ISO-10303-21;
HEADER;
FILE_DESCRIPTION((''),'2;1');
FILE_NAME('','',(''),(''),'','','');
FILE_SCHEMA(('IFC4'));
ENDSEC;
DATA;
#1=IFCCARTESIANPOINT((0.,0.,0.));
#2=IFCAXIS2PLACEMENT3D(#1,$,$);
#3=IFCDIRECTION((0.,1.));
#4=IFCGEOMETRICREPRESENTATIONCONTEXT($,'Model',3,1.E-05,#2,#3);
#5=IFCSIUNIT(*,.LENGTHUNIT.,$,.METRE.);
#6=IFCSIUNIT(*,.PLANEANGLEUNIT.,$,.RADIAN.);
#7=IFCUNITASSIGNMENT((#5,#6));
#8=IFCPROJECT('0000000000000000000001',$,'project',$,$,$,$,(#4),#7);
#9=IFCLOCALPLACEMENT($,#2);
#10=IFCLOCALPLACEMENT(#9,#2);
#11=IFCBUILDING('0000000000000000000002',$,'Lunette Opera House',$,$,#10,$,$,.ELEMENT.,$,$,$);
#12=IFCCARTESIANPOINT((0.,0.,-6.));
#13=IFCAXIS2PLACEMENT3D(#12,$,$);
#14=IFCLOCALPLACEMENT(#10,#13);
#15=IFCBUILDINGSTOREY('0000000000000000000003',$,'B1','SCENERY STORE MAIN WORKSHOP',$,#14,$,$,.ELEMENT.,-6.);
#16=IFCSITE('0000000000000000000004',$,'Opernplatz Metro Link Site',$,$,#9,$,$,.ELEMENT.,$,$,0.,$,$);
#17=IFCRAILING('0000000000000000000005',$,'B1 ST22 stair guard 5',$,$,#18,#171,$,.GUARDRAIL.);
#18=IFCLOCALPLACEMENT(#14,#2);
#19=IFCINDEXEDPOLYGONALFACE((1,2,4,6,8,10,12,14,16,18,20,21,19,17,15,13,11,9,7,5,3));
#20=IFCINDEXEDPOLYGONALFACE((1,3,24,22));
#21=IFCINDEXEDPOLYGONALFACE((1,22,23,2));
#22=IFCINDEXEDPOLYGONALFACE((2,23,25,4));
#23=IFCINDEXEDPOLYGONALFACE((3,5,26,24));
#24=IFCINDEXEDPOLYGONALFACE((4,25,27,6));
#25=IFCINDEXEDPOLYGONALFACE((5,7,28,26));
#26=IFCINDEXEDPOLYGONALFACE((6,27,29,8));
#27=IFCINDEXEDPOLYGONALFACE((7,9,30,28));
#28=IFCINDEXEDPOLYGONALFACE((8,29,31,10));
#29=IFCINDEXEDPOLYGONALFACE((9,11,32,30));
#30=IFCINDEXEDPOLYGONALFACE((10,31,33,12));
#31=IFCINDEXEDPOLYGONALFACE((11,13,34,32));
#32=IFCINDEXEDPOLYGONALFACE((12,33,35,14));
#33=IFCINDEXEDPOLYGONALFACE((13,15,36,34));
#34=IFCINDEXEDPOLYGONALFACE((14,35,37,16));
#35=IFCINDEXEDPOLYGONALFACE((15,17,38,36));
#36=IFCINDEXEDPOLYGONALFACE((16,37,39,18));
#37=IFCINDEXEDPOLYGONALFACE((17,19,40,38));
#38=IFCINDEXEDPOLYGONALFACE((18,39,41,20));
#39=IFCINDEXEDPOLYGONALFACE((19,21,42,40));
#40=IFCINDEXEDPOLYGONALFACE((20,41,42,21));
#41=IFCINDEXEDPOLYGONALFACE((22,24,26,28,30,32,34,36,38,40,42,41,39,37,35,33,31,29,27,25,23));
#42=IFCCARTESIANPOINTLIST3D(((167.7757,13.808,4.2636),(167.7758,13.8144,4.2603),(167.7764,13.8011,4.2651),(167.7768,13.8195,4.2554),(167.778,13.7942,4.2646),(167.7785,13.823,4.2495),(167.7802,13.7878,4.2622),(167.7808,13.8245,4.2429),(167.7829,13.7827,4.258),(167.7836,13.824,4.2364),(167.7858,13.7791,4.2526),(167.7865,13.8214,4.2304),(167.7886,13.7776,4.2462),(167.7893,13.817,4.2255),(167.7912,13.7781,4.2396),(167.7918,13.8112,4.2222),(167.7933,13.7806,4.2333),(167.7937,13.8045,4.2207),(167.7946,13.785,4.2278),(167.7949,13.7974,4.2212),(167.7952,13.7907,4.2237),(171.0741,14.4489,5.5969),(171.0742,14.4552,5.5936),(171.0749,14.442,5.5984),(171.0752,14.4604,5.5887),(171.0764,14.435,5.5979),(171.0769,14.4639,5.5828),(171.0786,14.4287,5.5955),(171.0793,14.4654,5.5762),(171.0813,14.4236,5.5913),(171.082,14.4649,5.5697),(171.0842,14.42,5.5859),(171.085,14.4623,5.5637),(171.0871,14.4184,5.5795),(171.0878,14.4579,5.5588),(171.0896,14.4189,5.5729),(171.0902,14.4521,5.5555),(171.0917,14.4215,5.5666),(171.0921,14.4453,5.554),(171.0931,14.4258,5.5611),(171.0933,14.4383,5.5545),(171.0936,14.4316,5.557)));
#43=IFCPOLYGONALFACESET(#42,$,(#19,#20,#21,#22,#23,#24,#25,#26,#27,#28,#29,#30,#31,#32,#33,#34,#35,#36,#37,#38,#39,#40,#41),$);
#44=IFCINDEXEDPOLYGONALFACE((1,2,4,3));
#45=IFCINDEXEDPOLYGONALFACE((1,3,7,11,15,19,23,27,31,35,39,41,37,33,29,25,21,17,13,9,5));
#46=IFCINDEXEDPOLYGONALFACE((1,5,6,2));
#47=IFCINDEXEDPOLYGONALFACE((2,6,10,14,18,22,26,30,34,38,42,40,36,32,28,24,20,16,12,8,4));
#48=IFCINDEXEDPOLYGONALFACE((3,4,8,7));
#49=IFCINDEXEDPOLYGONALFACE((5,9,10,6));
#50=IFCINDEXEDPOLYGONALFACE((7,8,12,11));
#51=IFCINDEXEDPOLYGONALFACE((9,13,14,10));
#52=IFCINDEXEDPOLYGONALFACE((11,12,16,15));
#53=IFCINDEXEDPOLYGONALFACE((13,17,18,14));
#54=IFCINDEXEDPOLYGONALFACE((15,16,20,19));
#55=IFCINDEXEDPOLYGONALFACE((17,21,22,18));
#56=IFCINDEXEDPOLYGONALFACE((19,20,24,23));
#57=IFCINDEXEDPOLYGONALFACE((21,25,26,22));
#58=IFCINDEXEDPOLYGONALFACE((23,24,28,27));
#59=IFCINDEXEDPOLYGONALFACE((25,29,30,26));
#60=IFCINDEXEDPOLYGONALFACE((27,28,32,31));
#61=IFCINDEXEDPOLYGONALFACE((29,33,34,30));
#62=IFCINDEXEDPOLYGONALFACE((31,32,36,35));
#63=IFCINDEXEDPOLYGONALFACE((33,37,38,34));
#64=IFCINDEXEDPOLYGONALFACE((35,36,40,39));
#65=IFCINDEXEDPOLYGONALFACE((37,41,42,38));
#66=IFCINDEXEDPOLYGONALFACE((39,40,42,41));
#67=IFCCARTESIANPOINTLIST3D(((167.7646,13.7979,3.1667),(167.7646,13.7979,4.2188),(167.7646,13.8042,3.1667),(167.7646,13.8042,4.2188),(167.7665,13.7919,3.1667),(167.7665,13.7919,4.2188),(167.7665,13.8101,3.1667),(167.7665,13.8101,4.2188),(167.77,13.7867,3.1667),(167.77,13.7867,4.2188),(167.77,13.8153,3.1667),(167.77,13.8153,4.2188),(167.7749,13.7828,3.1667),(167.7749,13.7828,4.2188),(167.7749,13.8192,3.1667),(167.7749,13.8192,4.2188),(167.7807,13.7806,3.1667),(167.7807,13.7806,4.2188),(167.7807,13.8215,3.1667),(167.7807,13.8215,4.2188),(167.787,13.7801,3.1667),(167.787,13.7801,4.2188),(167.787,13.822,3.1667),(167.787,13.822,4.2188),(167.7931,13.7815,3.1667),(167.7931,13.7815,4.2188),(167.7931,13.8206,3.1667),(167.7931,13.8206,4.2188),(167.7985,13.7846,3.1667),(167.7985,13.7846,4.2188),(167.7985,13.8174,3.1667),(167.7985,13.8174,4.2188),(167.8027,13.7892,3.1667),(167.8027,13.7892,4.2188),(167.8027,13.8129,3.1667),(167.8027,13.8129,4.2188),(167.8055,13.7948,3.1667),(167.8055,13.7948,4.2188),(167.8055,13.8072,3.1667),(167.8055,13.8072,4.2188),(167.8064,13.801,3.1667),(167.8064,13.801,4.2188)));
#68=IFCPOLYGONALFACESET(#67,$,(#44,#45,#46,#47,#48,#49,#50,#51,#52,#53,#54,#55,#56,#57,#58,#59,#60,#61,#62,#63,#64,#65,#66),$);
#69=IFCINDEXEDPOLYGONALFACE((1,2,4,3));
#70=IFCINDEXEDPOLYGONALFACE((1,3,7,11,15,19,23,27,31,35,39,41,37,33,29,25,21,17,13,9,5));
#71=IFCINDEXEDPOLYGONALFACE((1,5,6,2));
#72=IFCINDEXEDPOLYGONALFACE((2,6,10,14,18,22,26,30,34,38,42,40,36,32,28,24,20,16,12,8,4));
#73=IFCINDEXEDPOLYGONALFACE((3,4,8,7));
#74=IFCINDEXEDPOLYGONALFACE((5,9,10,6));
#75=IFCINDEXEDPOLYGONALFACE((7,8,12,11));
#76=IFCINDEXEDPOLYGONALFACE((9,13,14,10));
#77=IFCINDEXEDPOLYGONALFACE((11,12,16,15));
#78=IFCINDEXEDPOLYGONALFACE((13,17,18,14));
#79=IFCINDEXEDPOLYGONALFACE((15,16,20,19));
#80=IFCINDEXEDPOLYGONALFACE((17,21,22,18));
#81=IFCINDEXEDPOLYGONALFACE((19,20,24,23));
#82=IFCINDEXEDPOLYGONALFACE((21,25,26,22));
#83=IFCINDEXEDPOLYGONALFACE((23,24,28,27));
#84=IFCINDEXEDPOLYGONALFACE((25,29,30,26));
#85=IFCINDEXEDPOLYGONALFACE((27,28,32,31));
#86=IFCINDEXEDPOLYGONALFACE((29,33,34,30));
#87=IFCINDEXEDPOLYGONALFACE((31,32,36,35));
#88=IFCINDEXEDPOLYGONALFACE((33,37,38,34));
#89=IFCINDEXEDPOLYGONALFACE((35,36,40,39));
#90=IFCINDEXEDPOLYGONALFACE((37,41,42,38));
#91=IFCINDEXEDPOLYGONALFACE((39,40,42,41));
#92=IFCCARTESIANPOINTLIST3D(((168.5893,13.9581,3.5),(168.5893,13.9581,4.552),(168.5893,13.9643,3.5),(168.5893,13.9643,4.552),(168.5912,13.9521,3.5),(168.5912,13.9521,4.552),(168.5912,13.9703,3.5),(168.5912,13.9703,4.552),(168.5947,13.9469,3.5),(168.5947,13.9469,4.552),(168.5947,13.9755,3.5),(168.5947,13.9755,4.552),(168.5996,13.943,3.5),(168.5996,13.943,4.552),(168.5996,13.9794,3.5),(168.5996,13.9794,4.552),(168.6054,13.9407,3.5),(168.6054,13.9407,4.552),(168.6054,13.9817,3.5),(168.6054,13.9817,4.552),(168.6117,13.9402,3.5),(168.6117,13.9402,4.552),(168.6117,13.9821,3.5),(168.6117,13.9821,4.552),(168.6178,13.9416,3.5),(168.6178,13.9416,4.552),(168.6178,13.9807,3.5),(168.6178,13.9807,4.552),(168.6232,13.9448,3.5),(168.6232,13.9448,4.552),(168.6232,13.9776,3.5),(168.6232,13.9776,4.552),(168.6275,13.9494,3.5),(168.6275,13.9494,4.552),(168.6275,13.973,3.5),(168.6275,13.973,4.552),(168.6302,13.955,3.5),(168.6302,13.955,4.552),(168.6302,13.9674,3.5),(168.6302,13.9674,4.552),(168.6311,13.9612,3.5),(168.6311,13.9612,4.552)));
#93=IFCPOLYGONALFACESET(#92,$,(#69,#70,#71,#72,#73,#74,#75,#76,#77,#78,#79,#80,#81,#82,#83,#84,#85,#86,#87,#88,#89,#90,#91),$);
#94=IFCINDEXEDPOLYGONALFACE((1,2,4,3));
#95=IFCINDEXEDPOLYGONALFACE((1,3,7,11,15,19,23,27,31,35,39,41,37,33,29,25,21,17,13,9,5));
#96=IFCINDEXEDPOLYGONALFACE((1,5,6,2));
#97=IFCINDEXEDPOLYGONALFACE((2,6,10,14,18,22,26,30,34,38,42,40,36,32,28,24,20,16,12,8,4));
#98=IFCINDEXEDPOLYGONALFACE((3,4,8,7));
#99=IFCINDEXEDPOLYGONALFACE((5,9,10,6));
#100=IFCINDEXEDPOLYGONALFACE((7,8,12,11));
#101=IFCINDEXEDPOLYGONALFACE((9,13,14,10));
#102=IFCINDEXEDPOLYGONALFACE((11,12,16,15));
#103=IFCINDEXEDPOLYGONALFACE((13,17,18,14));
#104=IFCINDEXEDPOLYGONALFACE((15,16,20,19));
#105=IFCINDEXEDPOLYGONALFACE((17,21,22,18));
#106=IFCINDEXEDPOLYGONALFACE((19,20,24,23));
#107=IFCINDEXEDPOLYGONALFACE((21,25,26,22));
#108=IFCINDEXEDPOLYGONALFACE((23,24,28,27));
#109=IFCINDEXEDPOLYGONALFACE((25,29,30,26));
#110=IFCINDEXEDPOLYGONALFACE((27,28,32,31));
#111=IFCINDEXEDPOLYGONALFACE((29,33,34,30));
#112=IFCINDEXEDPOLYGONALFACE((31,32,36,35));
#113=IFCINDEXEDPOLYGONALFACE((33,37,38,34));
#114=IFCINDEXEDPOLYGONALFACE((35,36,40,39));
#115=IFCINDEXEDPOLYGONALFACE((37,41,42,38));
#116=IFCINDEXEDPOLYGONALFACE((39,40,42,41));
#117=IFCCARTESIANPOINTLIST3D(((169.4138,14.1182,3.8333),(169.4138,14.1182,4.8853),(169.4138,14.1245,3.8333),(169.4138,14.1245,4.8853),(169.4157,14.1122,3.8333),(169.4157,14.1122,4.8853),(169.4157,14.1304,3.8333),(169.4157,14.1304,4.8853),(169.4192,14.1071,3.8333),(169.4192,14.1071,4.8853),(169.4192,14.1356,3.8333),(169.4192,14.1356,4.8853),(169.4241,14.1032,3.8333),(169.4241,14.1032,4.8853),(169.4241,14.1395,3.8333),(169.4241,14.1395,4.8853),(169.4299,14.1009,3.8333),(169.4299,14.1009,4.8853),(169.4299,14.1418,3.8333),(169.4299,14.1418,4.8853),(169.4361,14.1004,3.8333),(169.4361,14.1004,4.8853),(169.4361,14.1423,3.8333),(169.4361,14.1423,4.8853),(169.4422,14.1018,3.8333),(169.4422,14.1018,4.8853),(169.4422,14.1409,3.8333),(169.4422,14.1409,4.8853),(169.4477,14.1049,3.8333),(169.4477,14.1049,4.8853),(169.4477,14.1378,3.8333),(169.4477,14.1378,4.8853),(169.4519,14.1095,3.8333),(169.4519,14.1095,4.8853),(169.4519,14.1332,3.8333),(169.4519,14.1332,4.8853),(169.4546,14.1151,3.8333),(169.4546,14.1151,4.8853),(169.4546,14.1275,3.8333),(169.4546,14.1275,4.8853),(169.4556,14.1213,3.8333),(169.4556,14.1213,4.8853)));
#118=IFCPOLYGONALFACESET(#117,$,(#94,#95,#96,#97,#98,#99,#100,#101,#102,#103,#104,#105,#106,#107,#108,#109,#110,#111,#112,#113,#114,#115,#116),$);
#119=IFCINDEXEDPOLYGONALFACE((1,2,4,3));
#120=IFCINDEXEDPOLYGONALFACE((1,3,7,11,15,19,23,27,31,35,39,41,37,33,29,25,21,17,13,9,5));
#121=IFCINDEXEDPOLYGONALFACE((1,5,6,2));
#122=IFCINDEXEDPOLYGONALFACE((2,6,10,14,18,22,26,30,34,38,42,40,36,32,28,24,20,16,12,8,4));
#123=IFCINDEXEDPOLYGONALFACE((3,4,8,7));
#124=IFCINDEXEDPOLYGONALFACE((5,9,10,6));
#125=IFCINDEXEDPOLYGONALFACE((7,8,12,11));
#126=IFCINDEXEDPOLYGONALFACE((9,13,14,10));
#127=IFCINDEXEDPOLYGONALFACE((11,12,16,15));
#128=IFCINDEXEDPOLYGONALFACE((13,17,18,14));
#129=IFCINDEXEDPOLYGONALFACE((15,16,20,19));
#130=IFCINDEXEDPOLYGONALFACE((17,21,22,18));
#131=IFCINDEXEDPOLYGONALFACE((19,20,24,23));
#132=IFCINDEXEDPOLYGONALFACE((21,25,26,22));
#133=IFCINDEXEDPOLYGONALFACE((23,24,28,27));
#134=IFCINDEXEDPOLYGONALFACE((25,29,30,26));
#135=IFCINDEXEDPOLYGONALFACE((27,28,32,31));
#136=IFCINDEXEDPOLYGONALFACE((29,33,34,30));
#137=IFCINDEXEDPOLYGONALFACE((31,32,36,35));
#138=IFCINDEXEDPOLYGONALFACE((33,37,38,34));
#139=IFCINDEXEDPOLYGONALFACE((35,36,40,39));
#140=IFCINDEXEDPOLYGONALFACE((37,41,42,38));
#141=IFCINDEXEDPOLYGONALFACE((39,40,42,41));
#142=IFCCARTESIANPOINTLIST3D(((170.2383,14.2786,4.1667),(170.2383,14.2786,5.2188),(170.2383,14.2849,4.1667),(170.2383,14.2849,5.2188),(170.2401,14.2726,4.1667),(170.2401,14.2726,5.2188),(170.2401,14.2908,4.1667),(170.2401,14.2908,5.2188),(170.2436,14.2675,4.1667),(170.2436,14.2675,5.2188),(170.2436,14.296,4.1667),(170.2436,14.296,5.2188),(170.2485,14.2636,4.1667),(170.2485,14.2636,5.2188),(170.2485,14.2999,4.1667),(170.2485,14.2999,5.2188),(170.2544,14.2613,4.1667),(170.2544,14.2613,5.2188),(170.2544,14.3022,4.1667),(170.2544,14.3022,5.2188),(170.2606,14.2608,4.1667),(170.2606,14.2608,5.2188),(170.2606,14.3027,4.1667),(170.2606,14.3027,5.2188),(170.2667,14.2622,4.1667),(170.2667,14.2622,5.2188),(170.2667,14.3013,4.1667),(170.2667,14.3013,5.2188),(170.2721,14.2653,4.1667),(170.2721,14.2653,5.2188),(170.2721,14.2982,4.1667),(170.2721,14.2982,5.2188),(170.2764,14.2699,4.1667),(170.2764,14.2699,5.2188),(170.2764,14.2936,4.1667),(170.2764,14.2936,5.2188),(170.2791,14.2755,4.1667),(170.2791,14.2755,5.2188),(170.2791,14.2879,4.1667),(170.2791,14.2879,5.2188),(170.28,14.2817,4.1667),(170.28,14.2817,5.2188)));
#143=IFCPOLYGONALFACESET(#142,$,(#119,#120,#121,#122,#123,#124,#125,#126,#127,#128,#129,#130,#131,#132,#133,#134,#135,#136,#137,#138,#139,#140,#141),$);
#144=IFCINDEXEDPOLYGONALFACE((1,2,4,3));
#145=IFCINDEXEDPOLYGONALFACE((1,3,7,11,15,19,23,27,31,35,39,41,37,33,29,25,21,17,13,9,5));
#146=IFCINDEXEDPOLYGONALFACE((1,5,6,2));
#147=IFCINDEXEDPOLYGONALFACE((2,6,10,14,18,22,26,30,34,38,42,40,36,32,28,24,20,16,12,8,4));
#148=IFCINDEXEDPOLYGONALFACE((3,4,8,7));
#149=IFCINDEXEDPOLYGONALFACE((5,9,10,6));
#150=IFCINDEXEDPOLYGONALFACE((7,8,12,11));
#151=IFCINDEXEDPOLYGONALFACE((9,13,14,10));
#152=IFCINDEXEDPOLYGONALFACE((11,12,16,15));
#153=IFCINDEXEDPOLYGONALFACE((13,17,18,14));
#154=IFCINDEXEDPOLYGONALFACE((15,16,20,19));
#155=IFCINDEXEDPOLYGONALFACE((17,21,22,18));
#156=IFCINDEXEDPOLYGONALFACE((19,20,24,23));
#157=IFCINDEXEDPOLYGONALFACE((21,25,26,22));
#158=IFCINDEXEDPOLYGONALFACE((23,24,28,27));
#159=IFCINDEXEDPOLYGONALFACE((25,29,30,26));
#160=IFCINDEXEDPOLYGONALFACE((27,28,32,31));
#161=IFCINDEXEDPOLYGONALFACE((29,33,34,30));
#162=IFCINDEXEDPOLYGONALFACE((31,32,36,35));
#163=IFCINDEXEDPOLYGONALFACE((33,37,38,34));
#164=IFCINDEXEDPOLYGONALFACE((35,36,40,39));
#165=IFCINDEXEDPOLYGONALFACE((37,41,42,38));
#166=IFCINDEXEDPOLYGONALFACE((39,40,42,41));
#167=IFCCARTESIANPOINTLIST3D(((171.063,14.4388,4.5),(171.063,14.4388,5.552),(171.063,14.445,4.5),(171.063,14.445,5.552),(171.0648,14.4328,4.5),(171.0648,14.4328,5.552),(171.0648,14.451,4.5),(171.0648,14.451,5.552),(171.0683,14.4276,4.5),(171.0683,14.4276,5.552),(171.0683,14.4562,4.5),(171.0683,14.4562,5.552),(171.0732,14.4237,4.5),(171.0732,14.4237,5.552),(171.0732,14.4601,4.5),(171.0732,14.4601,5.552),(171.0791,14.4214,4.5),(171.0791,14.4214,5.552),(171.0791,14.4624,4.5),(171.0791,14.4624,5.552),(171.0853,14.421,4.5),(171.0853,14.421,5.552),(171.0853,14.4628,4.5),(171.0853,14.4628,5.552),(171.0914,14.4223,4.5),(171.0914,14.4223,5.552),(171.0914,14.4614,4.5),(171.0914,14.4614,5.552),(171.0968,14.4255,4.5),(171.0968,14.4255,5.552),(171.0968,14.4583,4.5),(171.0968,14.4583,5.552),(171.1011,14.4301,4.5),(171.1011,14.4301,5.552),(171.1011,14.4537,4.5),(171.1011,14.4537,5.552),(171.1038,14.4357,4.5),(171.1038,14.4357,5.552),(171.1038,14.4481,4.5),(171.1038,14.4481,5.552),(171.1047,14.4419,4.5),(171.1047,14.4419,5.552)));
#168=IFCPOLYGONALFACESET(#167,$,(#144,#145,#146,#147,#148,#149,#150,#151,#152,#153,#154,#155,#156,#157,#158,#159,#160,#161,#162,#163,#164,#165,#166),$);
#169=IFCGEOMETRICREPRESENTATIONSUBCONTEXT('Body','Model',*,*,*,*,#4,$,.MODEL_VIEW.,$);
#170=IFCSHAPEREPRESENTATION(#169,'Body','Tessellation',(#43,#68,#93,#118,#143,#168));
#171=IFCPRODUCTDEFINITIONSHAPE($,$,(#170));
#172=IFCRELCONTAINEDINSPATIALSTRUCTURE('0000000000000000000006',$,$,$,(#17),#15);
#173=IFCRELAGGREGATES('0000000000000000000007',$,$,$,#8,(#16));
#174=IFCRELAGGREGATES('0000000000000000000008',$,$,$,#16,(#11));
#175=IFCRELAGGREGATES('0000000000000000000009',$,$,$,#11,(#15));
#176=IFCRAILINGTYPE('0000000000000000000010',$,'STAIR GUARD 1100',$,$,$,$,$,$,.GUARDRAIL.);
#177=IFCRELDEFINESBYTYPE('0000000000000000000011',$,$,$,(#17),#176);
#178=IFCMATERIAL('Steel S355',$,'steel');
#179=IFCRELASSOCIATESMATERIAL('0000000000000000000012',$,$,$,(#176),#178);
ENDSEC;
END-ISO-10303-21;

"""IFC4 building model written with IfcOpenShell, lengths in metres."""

from ifc_helpers import new_model, si_unit, direction, frame, origin, origin_2d, place, context, subcontext, project, spatial, circle, extrude, material, type_object, element, save


model = new_model("IFC4")

# Units and contexts
model_context = context("Model", 3, precision=1e-05, world=origin(), true_north=direction((0.0, 1.0)))
body_context = subcontext(model_context, "Body", "Model", "MODEL_VIEW")
ifc_project = project(units=[si_unit("LENGTHUNIT", "METRE"), si_unit("PLANEANGLEUNIT", "RADIAN")], contexts=[model_context])

# Site, building, storey
site_placement = place(None, origin())
site = spatial("IfcSite", under=ifc_project, at=site_placement, Name="Opernplatz Metro Link Site", CompositionType="ELEMENT", RefElevation=0.0)
building_placement = place(site_placement, origin())
building = spatial("IfcBuilding", under=site, at=building_placement, Name="Lunette Opera House", CompositionType="ELEMENT")
storey_placement = place(building_placement, frame((0.0, 0.0, -6.0)))
storey = spatial("IfcBuildingStorey", under=building, at=storey_placement, Name="B1", Description="SCENERY STORE MAIN WORKSHOP", CompositionType="ELEMENT", Elevation=-6.0)

# Railing
ifc_material_1 = material(Name="Steel S355", Category="steel")
railing_type_1 = type_object("IfcRailingType", Name="STAIR GUARD 1100", PredefinedType="GUARDRAIL", material=ifc_material_1)
railing_1_placement = place(storey_placement, frame((167.7854, 13.801, 3.1667)))
element("IfcRailing", 1, at=railing_1_placement, inside=storey, type_object=railing_type_1, Name="B1 ST22 stair guard 5", PredefinedType="GUARDRAIL", context=body_context, shape_type="SweptSolid", body=[
    extrude(circle(Radius=0.0239, at=origin_2d()), frame((0.0, 0.0, 1.0762), z_axis=(0.912435, 0.177287, 0.368824), x_axis=(-0.190734, 0.981642, 0.0)), (0.0, 0.0, 1.0), 3.615),
    extrude(circle(Radius=0.021, at=origin_2d()), origin(), (0.0, 0.0, 1.0), 1.052),
    extrude(circle(Radius=0.021, at=origin_2d()), frame((0.8247, 0.1602, 0.3333)), (0.0, 0.0, 1.0), 1.052),
    extrude(circle(Radius=0.021, at=origin_2d()), frame((1.6492, 0.3203, 0.6665)), (0.0, 0.0, 1.0), 1.052),
    extrude(circle(Radius=0.021, at=origin_2d()), frame((2.4736, 0.4807, 1.0)), (0.0, 0.0, 1.0), 1.052),
    extrude(circle(Radius=0.021, at=origin_2d()), frame((3.2983, 0.6409, 1.3333)), (0.0, 0.0, 1.0), 1.052),
])

save(model, "model.ifc")
